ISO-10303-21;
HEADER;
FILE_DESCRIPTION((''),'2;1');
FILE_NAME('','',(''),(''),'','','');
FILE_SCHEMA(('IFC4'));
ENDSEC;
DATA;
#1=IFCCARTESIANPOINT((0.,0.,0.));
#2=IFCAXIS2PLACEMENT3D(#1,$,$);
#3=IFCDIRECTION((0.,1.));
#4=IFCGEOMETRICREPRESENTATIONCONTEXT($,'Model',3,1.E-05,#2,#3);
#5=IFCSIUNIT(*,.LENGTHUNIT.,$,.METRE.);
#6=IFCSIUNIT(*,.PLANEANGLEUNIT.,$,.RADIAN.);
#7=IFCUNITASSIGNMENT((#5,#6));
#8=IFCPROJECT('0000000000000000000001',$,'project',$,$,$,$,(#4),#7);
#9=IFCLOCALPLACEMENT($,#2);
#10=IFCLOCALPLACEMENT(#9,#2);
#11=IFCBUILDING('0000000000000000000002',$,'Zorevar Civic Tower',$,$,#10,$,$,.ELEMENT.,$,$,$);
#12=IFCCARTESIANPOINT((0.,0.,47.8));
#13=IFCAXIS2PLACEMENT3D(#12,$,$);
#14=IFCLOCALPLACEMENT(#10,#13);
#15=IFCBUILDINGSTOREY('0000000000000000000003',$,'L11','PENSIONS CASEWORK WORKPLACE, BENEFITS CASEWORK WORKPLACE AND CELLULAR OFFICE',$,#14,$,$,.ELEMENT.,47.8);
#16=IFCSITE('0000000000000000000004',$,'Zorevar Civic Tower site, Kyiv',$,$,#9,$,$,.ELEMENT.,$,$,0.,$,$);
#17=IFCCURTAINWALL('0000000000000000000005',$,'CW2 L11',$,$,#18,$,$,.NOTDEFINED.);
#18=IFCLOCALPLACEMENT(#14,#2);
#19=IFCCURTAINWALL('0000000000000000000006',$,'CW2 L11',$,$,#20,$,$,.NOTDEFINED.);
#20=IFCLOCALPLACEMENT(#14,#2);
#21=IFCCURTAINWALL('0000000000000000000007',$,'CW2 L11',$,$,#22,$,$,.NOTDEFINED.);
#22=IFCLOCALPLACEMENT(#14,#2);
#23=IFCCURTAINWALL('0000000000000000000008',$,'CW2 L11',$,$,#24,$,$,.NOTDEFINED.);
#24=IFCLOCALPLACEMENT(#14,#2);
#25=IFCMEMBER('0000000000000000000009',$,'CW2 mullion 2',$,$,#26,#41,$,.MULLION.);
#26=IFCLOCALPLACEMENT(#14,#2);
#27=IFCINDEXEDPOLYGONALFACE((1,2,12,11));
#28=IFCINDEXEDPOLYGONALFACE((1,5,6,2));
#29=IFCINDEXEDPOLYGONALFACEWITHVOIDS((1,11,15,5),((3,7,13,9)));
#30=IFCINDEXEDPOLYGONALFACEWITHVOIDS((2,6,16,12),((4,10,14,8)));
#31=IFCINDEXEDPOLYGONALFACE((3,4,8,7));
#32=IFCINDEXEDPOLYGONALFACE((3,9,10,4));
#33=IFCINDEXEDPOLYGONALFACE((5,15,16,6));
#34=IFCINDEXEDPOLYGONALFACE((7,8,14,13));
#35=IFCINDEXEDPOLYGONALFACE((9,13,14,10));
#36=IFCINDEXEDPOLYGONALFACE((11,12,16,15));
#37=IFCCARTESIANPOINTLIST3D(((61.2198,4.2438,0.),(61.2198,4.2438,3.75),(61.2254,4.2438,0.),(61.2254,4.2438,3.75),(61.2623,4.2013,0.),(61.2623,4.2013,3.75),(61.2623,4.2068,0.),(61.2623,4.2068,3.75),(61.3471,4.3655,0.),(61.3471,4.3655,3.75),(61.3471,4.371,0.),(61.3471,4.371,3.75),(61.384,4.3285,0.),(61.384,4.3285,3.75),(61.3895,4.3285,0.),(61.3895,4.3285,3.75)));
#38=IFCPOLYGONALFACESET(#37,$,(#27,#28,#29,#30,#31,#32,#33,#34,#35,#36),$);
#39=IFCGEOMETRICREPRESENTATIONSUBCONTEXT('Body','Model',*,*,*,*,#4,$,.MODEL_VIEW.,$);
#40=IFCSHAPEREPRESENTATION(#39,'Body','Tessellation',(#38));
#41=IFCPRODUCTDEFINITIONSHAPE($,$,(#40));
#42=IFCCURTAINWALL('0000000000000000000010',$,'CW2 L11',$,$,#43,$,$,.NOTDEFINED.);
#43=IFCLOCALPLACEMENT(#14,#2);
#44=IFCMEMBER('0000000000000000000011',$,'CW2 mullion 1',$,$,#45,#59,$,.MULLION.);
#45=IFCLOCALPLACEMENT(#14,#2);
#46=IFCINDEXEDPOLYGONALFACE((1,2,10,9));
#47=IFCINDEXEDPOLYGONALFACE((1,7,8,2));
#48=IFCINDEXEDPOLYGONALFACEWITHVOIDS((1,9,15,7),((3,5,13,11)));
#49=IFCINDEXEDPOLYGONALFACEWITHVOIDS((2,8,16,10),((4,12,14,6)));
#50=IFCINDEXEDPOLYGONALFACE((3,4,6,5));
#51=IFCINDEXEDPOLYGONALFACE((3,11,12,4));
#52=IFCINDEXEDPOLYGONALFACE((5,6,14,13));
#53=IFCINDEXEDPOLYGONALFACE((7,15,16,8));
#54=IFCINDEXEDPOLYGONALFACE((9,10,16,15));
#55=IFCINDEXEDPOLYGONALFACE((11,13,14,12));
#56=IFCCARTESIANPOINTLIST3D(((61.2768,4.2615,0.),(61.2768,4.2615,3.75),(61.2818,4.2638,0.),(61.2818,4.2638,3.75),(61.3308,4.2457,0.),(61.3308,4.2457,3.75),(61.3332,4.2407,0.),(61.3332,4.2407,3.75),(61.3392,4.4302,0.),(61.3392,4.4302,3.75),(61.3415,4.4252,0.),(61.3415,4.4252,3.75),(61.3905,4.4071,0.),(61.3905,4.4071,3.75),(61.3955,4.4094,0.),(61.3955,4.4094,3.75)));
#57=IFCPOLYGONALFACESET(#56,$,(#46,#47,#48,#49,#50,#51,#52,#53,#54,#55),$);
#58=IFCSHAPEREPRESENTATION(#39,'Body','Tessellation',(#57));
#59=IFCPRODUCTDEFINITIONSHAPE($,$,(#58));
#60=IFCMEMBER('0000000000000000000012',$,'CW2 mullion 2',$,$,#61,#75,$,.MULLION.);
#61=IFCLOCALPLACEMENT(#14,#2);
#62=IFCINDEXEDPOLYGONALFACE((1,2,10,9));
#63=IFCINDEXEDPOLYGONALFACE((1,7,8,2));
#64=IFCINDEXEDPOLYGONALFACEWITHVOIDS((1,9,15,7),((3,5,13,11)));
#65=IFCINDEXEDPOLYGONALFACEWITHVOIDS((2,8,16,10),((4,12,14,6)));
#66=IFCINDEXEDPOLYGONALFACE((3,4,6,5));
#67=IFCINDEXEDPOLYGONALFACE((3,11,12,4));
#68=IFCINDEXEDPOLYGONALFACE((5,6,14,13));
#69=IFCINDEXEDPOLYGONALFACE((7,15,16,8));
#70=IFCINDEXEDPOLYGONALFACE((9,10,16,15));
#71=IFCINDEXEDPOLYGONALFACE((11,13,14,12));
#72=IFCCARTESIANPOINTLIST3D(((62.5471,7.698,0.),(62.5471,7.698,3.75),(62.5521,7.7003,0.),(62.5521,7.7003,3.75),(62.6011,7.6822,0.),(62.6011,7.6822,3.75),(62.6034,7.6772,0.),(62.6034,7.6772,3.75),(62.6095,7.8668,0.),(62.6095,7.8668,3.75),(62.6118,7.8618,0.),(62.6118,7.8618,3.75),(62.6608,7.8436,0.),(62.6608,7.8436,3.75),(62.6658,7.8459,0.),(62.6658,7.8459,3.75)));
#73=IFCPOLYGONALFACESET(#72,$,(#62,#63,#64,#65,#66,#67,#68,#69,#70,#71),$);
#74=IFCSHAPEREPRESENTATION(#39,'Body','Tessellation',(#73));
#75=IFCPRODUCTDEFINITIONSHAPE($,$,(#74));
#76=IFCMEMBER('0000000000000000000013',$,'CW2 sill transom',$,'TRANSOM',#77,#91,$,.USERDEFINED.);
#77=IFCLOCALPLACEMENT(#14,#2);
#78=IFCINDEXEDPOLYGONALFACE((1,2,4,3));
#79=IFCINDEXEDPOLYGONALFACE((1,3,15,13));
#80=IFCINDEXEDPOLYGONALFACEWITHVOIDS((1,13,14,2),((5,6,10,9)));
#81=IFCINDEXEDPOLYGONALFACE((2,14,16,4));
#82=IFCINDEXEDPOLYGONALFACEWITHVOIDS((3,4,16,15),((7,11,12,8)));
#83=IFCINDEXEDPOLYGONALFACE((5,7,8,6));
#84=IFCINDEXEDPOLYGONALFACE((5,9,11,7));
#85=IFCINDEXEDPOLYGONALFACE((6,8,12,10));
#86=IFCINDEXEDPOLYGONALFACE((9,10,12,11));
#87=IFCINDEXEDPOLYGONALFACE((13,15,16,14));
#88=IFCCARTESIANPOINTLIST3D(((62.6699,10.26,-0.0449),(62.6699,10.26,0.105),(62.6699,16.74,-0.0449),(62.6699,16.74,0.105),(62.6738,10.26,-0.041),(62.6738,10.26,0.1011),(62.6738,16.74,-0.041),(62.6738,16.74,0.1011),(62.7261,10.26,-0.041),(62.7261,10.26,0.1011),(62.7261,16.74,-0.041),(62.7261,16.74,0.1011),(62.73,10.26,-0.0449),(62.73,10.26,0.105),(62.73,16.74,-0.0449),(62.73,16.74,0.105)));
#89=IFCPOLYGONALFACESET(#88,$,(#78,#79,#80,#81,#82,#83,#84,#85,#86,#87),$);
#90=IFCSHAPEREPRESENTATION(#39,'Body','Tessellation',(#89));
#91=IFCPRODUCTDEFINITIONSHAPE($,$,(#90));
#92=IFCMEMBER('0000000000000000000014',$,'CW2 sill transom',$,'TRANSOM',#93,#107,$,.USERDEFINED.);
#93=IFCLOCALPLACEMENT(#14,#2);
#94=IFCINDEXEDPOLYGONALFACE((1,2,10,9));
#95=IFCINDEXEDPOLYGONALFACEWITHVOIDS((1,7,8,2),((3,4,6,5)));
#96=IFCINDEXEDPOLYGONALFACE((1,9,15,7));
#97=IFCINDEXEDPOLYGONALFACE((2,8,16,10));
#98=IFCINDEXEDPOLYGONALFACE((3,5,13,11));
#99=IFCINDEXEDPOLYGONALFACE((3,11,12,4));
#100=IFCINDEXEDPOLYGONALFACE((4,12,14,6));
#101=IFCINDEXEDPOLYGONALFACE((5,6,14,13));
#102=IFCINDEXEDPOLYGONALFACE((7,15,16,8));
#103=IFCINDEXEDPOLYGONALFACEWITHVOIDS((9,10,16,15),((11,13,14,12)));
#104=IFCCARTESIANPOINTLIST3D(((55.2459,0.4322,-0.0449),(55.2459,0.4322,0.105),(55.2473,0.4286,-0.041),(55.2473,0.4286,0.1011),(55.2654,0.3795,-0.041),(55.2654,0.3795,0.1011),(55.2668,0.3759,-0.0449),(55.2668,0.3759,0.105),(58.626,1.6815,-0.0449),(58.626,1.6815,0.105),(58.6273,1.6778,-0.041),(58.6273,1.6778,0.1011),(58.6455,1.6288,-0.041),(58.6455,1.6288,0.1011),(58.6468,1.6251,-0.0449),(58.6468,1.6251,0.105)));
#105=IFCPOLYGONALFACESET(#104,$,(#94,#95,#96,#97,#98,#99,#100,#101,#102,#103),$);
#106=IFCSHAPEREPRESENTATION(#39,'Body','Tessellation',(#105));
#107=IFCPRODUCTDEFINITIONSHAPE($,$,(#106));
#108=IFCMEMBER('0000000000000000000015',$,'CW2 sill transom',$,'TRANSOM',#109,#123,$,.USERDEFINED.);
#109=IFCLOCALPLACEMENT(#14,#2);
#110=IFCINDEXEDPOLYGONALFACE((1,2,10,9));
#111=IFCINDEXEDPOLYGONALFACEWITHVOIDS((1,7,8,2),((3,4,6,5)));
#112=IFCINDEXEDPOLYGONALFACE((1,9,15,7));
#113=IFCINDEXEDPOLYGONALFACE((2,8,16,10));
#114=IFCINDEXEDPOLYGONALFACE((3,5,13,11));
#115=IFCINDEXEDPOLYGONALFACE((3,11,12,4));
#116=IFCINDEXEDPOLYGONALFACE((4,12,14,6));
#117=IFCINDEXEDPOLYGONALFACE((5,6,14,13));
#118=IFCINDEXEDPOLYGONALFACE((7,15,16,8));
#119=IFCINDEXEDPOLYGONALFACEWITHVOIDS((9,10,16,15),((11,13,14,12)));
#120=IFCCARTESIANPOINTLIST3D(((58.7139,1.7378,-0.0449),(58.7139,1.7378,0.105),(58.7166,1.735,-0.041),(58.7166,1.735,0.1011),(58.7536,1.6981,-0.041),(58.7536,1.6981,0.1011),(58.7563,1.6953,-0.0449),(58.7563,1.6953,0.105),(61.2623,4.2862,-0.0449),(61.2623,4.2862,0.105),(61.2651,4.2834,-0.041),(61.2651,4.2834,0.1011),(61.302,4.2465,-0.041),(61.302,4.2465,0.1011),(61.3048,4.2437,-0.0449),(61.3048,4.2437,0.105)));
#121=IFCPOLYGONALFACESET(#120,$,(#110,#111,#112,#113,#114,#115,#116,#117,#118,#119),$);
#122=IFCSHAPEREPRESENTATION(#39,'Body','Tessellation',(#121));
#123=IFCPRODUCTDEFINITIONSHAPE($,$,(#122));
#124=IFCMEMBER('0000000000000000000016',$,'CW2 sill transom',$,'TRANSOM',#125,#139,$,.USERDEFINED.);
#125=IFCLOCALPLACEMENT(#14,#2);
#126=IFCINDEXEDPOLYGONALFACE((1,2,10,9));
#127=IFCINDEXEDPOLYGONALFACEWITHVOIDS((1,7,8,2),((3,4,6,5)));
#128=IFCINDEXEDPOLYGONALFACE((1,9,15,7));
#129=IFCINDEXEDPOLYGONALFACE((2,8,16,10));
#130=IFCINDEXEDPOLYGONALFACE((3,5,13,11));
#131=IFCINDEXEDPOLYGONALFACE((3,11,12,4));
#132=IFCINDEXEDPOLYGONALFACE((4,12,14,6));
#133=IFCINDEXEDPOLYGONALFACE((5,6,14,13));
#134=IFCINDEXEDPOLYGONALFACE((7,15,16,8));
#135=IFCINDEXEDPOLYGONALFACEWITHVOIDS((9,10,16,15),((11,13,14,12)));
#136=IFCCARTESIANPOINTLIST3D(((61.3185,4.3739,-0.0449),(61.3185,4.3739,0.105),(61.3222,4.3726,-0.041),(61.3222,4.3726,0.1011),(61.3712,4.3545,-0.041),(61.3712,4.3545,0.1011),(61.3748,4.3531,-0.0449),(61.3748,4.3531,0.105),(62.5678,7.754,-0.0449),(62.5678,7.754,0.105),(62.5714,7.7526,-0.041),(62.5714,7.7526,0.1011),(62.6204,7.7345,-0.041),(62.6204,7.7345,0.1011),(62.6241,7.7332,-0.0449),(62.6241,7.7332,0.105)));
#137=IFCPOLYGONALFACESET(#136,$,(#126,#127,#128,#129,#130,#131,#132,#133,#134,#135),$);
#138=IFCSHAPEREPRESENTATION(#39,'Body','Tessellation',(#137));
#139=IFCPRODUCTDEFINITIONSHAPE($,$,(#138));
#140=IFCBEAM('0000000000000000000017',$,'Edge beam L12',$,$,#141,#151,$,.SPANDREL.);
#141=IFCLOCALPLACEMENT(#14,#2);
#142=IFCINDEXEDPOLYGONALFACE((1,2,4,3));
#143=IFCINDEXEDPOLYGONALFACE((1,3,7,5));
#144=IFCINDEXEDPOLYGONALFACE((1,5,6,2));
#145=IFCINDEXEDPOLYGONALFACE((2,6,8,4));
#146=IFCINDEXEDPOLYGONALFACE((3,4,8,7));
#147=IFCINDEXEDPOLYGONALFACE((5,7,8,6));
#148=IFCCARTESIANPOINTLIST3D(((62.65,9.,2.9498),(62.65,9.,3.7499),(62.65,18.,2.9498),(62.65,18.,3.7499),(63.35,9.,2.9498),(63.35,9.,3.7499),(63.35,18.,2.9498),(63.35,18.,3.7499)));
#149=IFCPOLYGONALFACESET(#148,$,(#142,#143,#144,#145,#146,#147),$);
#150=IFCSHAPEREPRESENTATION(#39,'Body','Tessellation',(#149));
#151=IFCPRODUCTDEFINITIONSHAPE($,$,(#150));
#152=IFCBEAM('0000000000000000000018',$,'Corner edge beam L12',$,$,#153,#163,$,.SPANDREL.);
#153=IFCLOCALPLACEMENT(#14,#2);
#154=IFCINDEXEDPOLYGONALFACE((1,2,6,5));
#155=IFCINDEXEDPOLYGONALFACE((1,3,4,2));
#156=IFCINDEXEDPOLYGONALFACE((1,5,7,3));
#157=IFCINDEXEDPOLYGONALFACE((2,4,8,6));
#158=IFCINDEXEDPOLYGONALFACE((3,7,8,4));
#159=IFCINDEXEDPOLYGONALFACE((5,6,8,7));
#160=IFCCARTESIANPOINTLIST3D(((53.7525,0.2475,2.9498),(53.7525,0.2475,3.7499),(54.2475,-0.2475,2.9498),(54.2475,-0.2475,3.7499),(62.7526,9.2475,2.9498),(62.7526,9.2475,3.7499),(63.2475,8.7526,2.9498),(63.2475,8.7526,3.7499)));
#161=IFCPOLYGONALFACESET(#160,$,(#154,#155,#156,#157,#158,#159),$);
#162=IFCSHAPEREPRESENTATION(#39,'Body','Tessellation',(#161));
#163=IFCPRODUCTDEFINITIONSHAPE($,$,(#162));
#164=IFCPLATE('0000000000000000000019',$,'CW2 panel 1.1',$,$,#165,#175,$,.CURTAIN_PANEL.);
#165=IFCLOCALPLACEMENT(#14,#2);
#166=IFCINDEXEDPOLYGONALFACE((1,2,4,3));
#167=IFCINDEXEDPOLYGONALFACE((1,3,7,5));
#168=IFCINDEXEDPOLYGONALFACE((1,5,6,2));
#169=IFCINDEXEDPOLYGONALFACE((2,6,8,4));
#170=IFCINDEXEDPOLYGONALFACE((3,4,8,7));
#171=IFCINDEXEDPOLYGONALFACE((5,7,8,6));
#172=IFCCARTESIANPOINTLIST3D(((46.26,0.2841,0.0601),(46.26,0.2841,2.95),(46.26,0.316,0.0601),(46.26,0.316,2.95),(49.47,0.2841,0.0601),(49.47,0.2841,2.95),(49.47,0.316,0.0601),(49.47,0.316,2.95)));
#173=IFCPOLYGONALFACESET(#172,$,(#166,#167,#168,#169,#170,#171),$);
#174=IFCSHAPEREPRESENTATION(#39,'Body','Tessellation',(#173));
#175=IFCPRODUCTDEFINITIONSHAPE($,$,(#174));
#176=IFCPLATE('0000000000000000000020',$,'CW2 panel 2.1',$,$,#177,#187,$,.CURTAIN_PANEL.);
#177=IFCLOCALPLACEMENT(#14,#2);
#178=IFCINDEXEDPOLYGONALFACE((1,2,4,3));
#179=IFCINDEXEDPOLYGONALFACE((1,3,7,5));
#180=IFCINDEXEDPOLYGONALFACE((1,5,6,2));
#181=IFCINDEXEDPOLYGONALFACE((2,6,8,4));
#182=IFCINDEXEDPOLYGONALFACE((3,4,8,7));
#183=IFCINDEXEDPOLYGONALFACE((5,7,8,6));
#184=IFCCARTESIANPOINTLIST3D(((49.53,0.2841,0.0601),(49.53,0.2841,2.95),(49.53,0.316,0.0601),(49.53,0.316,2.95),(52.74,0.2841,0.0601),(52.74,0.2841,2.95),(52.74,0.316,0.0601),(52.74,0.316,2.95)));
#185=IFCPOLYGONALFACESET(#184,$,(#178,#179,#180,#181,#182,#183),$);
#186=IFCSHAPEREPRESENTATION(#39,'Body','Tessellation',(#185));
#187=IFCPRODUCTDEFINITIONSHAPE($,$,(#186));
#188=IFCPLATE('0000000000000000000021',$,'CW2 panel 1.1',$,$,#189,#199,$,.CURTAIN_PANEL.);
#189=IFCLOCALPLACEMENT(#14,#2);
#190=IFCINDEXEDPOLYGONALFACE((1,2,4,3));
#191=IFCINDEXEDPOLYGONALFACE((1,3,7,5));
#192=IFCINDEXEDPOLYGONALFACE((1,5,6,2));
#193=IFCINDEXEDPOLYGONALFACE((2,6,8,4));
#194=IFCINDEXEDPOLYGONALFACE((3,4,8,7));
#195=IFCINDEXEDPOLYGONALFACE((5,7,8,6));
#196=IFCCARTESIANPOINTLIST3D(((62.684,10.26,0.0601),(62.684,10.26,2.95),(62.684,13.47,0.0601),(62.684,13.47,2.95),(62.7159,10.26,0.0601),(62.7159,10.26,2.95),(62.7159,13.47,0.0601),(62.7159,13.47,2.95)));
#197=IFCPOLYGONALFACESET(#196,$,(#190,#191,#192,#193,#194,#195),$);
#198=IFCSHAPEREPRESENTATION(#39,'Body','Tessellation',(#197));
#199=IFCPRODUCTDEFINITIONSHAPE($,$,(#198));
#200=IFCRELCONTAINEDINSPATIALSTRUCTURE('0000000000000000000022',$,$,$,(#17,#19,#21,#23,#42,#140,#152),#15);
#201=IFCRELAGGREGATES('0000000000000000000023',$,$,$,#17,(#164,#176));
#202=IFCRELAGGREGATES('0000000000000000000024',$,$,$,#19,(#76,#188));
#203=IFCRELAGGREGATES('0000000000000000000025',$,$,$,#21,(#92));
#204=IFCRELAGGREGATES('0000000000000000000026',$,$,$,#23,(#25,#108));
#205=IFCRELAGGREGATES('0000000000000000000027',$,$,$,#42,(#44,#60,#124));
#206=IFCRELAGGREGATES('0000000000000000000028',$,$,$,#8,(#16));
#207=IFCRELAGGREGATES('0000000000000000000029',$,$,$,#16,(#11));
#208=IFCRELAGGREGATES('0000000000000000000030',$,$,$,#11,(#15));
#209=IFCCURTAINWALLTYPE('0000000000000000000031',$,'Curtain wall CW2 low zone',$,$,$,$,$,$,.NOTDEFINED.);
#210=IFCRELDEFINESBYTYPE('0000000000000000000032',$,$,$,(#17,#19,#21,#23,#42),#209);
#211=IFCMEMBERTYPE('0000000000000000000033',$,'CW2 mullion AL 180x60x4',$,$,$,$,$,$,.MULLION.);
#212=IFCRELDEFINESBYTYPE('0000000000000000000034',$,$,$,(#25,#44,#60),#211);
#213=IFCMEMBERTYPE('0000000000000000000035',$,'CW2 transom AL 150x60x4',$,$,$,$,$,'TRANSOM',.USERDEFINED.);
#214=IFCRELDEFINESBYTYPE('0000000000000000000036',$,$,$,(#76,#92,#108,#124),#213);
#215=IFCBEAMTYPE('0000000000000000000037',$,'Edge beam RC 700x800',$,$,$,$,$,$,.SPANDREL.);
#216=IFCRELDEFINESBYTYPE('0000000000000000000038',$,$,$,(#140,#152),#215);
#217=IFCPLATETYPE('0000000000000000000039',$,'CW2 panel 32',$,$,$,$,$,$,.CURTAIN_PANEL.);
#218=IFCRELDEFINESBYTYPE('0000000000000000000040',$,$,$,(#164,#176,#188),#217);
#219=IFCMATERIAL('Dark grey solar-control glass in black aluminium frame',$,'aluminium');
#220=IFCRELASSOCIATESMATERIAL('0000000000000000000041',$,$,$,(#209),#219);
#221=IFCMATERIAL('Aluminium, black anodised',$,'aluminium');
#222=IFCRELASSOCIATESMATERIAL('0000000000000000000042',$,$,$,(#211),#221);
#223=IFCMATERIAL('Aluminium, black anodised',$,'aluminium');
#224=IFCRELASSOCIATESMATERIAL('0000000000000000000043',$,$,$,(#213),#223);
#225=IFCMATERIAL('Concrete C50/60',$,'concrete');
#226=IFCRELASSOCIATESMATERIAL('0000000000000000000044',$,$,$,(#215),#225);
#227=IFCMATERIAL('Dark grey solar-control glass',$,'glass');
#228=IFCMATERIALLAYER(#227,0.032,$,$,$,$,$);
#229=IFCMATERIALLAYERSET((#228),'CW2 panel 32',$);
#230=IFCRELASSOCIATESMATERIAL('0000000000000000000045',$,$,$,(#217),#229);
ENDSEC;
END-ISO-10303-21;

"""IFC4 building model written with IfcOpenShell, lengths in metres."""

from ifc_helpers import new_model, si_unit, direction, frame, origin, origin_2d, place, context, subcontext, project, spatial, rectangle, hollow_rectangle, extrude, material, layer, layer_set, material_profile, profile_set, type_object, element, aggregate, save


model = new_model("IFC4")

# Units and contexts
model_context = context("Model", 3, precision=1e-05, world=origin(), true_north=direction((0.0, 1.0)))
body_context = subcontext(model_context, "Body", "Model", "MODEL_VIEW")
ifc_project = project(units=[si_unit("LENGTHUNIT", "METRE"), si_unit("PLANEANGLEUNIT", "RADIAN")], contexts=[model_context])

# Site, building, storey
site_placement = place(None, origin())
site = spatial("IfcSite", under=ifc_project, at=site_placement, Name="Zorevar Civic Tower site, Kyiv", CompositionType="ELEMENT", RefElevation=0.0)
building_placement = place(site_placement, origin())
building = spatial("IfcBuilding", under=site, at=building_placement, Name="Zorevar Civic Tower", CompositionType="ELEMENT")
storey_placement = place(building_placement, frame((0.0, 0.0, 47.8)))
storey = spatial("IfcBuildingStorey", under=building, at=storey_placement, Name="L11", Description="PENSIONS CASEWORK WORKPLACE, BENEFITS CASEWORK WORKPLACE AND CELLULAR OFFICE", CompositionType="ELEMENT", Elevation=47.8)

# Curtain wall
ifc_material_1 = material(Name="Dark grey solar-control glass in black aluminium frame", Category="aluminium")
curtain_wall_type = type_object("IfcCurtainWallType", Name="Curtain wall CW2 low zone", PredefinedType="NOTDEFINED", material=ifc_material_1)
curtain_wall_1_placement = place(storey_placement, origin())
curtain_wall_1 = element("IfcCurtainWall", 1, at=curtain_wall_1_placement, inside=storey, type_object=curtain_wall_type, Name="CW2 L11", PredefinedType="NOTDEFINED")
ifc_material_2 = material(Name="Aluminium, black anodised", Category="aluminium")
ifc_material_profile_1 = material_profile(ifc_material_2, hollow_rectangle(XDim=0.0601, YDim=0.1799, WallThickness=0.0039, at=origin_2d()), Name="AL 180x60x4")
ifc_profile_set_1 = profile_set([ifc_material_profile_1], Name="Aluminium, black anodised")
member_type_1 = type_object("IfcMemberType", Name="CW2 mullion AL 180x60x4", PredefinedType="MULLION", material=ifc_profile_set_1)

# Curtain wall
curtain_wall_2_placement = place(storey_placement, origin())
curtain_wall_2 = element("IfcCurtainWall", 2, at=curtain_wall_2_placement, inside=storey, type_object=curtain_wall_type, Name="CW2 L11", PredefinedType="NOTDEFINED")

# Curtain walls, members
curtain_wall_3_placement = place(storey_placement, origin())
curtain_wall_3 = element("IfcCurtainWall", 3, at=curtain_wall_3_placement, inside=storey, type_object=curtain_wall_type, Name="CW2 L11", PredefinedType="NOTDEFINED")
curtain_wall_4_placement = place(storey_placement, origin())
curtain_wall_4 = element("IfcCurtainWall", 4, at=curtain_wall_4_placement, inside=storey, type_object=curtain_wall_type, Name="CW2 L11", PredefinedType="NOTDEFINED")
member_1_placement = place(storey_placement, frame((61.3047, 4.2861, 0.0), z_axis=(0.0, 0.0, 1.0), x_axis=(-0.707107, 0.707107, 0.0)))
member_1 = element("IfcMember", 5, at=member_1_placement, type_object=member_type_1, Name="CW2 mullion 2", PredefinedType="MULLION", context=body_context, shape_type="SweptSolid", body=[
    extrude(hollow_rectangle(XDim=0.0601, YDim=0.1799, WallThickness=0.0039, at=origin_2d()), origin(), (0.0, 0.0, 1.0), 3.75),
])
curtain_wall_5_placement = place(storey_placement, origin())
curtain_wall_5 = element("IfcCurtainWall", 6, at=curtain_wall_5_placement, inside=storey, type_object=curtain_wall_type, Name="CW2 L11", PredefinedType="NOTDEFINED")
member_2_placement = place(storey_placement, frame((61.3362, 4.3354, 0.0), z_axis=(0.0, 0.0, 1.0), x_axis=(-0.937975, 0.346704, 0.0)))
member_2 = element("IfcMember", 7, at=member_2_placement, type_object=member_type_1, Name="CW2 mullion 1", PredefinedType="MULLION", context=body_context, shape_type="SweptSolid", body=[
    extrude(hollow_rectangle(XDim=0.0601, YDim=0.1799, WallThickness=0.0039, at=origin_2d()), origin(), (0.0, 0.0, 1.0), 3.75),
])
member_3_placement = place(storey_placement, frame((62.6064, 7.772, 0.0), z_axis=(0.0, 0.0, 1.0), x_axis=(-0.937975, 0.346704, 0.0)))
member_3 = element("IfcMember", 8, at=member_3_placement, type_object=member_type_1, Name="CW2 mullion 2", PredefinedType="MULLION", context=body_context, shape_type="SweptSolid", body=[
    extrude(hollow_rectangle(XDim=0.0601, YDim=0.1799, WallThickness=0.0039, at=origin_2d()), origin(), (0.0, 0.0, 1.0), 3.75),
])

# Members
ifc_material_3 = material(Name="Aluminium, black anodised", Category="aluminium")
ifc_material_profile_2 = material_profile(ifc_material_3, hollow_rectangle(XDim=0.0601, YDim=0.1499, WallThickness=0.0039, at=origin_2d()), Name="AL 150x60x4")
ifc_profile_set_2 = profile_set([ifc_material_profile_2], Name="Aluminium, black anodised")
member_type_2 = type_object("IfcMemberType", Name="CW2 transom AL 150x60x4", ElementType="TRANSOM", PredefinedType="USERDEFINED", material=ifc_profile_set_2)
member_4_placement = place(storey_placement, frame((62.7, 10.26, 0.03), z_axis=(0.0, 1.0, 0.0), x_axis=(-1.0, 0.0, 0.0)))
member_4 = element("IfcMember", 9, at=member_4_placement, type_object=member_type_2, Name="CW2 sill transom", ObjectType="TRANSOM", PredefinedType="USERDEFINED", context=body_context, shape_type="SweptSolid", body=[
    extrude(hollow_rectangle(XDim=0.0601, YDim=0.1499, WallThickness=0.0039, at=origin_2d()), origin(), (0.0, 0.0, 1.0), 6.48),
])
member_5_placement = place(storey_placement, frame((55.2563, 0.4041, 0.03), z_axis=(0.937986, 0.346672, 0.0), x_axis=(-0.346672, 0.937986, 0.0)))
member_5 = element("IfcMember", 10, at=member_5_placement, type_object=member_type_2, Name="CW2 sill transom", ObjectType="TRANSOM", PredefinedType="USERDEFINED", context=body_context, shape_type="SweptSolid", body=[
    extrude(hollow_rectangle(XDim=0.0601, YDim=0.1499, WallThickness=0.0039, at=origin_2d()), origin(), (0.0, 0.0, 1.0), 3.6035),
])
member_6_placement = place(storey_placement, frame((58.7351, 1.7166, 0.03), z_axis=(0.707107, 0.707107, 0.0), x_axis=(-0.707107, 0.707107, 0.0)))
member_6 = element("IfcMember", 11, at=member_6_placement, type_object=member_type_2, Name="CW2 sill transom", ObjectType="TRANSOM", PredefinedType="USERDEFINED", context=body_context, shape_type="SweptSolid", body=[
    extrude(hollow_rectangle(XDim=0.0601, YDim=0.1499, WallThickness=0.0039, at=origin_2d()), origin(), (0.0, 0.0, 1.0), 3.604),
])
member_7_placement = place(storey_placement, frame((61.3467, 4.3635, 0.03), z_axis=(0.346672, 0.937986, 0.0), x_axis=(-0.937986, 0.346672, 0.0)))
member_7 = element("IfcMember", 12, at=member_7_placement, type_object=member_type_2, Name="CW2 sill transom", ObjectType="TRANSOM", PredefinedType="USERDEFINED", context=body_context, shape_type="SweptSolid", body=[
    extrude(hollow_rectangle(XDim=0.0601, YDim=0.1499, WallThickness=0.0039, at=origin_2d()), origin(), (0.0, 0.0, 1.0), 3.6035),
])

# Beams
ifc_material_4 = material(Name="Concrete C50/60", Category="concrete")
ifc_material_profile_3 = material_profile(ifc_material_4, rectangle(XDim=0.7, YDim=0.8, at=origin_2d()), Name="RC 700x800")
ifc_profile_set_3 = profile_set([ifc_material_profile_3], Name="Concrete C50/60")
beam_type_1 = type_object("IfcBeamType", Name="Edge beam RC 700x800", PredefinedType="SPANDREL", material=ifc_profile_set_3)
beam_1_placement = place(storey_placement, frame((63.0, 9.0, 3.3499), z_axis=(0.0, 1.0, 0.0), x_axis=(-1.0, 0.0, 0.0)))
element("IfcBeam", 13, at=beam_1_placement, inside=storey, type_object=beam_type_1, Name="Edge beam L12", PredefinedType="SPANDREL", context=body_context, shape_type="SweptSolid", body=[
    extrude(rectangle(XDim=0.7, YDim=0.8, at=origin_2d()), origin(), (0.0, 0.0, 1.0), 9.0),
])
beam_2_placement = place(storey_placement, frame((54.0, 0.0, 3.3499), z_axis=(0.707107, 0.707107, 0.0), x_axis=(-0.707107, 0.707107, 0.0)))
element("IfcBeam", 14, at=beam_2_placement, inside=storey, type_object=beam_type_1, Name="Corner edge beam L12", PredefinedType="SPANDREL", context=body_context, shape_type="SweptSolid", body=[
    extrude(rectangle(XDim=0.7, YDim=0.8, at=origin_2d()), origin(), (0.0, 0.0, 1.0), 12.728),
])

# Plates
ifc_material_5 = material(Name="Dark grey solar-control glass", Category="glass")
ifc_layer_1 = layer(ifc_material_5, 0.032)
ifc_layer_set_1 = layer_set([ifc_layer_1], Name="CW2 panel 32")
plate_type = type_object("IfcPlateType", Name="CW2 panel 32", PredefinedType="CURTAIN_PANEL", material=ifc_layer_set_1)
plate_1_placement = place(storey_placement, frame((47.865, 0.3, 0.0601), z_axis=(0.0, 0.0, 1.0), x_axis=(1.0, 0.0, 0.0)))
plate_1 = element("IfcPlate", 15, at=plate_1_placement, type_object=plate_type, Name="CW2 panel 1.1", PredefinedType="CURTAIN_PANEL", context=body_context, shape_type="SweptSolid", body=[
    extrude(rectangle(XDim=3.21, YDim=0.032, at=origin_2d()), origin(), (0.0, 0.0, 1.0), 2.8899),
])
plate_2_placement = place(storey_placement, frame((51.135, 0.3, 0.0601), z_axis=(0.0, 0.0, 1.0), x_axis=(1.0, 0.0, 0.0)))
plate_2 = element("IfcPlate", 16, at=plate_2_placement, type_object=plate_type, Name="CW2 panel 2.1", PredefinedType="CURTAIN_PANEL", context=body_context, shape_type="SweptSolid", body=[
    extrude(rectangle(XDim=3.21, YDim=0.032, at=origin_2d()), origin(), (0.0, 0.0, 1.0), 2.8899),
])
aggregate(curtain_wall_1, [plate_1, plate_2])
plate_3_placement = place(storey_placement, frame((62.7, 11.865, 0.0601), z_axis=(0.0, 0.0, 1.0), x_axis=(0.0, 1.0, 0.0)))
plate_3 = element("IfcPlate", 17, at=plate_3_placement, type_object=plate_type, Name="CW2 panel 1.1", PredefinedType="CURTAIN_PANEL", context=body_context, shape_type="SweptSolid", body=[
    extrude(rectangle(XDim=3.21, YDim=0.032, at=origin_2d()), origin(), (0.0, 0.0, 1.0), 2.8899),
])
aggregate(curtain_wall_2, [member_4, plate_3])
aggregate(curtain_wall_3, [member_5])
aggregate(curtain_wall_4, [member_1, member_6])
aggregate(curtain_wall_5, [member_2, member_3, member_7])

save(model, "model.ifc")
